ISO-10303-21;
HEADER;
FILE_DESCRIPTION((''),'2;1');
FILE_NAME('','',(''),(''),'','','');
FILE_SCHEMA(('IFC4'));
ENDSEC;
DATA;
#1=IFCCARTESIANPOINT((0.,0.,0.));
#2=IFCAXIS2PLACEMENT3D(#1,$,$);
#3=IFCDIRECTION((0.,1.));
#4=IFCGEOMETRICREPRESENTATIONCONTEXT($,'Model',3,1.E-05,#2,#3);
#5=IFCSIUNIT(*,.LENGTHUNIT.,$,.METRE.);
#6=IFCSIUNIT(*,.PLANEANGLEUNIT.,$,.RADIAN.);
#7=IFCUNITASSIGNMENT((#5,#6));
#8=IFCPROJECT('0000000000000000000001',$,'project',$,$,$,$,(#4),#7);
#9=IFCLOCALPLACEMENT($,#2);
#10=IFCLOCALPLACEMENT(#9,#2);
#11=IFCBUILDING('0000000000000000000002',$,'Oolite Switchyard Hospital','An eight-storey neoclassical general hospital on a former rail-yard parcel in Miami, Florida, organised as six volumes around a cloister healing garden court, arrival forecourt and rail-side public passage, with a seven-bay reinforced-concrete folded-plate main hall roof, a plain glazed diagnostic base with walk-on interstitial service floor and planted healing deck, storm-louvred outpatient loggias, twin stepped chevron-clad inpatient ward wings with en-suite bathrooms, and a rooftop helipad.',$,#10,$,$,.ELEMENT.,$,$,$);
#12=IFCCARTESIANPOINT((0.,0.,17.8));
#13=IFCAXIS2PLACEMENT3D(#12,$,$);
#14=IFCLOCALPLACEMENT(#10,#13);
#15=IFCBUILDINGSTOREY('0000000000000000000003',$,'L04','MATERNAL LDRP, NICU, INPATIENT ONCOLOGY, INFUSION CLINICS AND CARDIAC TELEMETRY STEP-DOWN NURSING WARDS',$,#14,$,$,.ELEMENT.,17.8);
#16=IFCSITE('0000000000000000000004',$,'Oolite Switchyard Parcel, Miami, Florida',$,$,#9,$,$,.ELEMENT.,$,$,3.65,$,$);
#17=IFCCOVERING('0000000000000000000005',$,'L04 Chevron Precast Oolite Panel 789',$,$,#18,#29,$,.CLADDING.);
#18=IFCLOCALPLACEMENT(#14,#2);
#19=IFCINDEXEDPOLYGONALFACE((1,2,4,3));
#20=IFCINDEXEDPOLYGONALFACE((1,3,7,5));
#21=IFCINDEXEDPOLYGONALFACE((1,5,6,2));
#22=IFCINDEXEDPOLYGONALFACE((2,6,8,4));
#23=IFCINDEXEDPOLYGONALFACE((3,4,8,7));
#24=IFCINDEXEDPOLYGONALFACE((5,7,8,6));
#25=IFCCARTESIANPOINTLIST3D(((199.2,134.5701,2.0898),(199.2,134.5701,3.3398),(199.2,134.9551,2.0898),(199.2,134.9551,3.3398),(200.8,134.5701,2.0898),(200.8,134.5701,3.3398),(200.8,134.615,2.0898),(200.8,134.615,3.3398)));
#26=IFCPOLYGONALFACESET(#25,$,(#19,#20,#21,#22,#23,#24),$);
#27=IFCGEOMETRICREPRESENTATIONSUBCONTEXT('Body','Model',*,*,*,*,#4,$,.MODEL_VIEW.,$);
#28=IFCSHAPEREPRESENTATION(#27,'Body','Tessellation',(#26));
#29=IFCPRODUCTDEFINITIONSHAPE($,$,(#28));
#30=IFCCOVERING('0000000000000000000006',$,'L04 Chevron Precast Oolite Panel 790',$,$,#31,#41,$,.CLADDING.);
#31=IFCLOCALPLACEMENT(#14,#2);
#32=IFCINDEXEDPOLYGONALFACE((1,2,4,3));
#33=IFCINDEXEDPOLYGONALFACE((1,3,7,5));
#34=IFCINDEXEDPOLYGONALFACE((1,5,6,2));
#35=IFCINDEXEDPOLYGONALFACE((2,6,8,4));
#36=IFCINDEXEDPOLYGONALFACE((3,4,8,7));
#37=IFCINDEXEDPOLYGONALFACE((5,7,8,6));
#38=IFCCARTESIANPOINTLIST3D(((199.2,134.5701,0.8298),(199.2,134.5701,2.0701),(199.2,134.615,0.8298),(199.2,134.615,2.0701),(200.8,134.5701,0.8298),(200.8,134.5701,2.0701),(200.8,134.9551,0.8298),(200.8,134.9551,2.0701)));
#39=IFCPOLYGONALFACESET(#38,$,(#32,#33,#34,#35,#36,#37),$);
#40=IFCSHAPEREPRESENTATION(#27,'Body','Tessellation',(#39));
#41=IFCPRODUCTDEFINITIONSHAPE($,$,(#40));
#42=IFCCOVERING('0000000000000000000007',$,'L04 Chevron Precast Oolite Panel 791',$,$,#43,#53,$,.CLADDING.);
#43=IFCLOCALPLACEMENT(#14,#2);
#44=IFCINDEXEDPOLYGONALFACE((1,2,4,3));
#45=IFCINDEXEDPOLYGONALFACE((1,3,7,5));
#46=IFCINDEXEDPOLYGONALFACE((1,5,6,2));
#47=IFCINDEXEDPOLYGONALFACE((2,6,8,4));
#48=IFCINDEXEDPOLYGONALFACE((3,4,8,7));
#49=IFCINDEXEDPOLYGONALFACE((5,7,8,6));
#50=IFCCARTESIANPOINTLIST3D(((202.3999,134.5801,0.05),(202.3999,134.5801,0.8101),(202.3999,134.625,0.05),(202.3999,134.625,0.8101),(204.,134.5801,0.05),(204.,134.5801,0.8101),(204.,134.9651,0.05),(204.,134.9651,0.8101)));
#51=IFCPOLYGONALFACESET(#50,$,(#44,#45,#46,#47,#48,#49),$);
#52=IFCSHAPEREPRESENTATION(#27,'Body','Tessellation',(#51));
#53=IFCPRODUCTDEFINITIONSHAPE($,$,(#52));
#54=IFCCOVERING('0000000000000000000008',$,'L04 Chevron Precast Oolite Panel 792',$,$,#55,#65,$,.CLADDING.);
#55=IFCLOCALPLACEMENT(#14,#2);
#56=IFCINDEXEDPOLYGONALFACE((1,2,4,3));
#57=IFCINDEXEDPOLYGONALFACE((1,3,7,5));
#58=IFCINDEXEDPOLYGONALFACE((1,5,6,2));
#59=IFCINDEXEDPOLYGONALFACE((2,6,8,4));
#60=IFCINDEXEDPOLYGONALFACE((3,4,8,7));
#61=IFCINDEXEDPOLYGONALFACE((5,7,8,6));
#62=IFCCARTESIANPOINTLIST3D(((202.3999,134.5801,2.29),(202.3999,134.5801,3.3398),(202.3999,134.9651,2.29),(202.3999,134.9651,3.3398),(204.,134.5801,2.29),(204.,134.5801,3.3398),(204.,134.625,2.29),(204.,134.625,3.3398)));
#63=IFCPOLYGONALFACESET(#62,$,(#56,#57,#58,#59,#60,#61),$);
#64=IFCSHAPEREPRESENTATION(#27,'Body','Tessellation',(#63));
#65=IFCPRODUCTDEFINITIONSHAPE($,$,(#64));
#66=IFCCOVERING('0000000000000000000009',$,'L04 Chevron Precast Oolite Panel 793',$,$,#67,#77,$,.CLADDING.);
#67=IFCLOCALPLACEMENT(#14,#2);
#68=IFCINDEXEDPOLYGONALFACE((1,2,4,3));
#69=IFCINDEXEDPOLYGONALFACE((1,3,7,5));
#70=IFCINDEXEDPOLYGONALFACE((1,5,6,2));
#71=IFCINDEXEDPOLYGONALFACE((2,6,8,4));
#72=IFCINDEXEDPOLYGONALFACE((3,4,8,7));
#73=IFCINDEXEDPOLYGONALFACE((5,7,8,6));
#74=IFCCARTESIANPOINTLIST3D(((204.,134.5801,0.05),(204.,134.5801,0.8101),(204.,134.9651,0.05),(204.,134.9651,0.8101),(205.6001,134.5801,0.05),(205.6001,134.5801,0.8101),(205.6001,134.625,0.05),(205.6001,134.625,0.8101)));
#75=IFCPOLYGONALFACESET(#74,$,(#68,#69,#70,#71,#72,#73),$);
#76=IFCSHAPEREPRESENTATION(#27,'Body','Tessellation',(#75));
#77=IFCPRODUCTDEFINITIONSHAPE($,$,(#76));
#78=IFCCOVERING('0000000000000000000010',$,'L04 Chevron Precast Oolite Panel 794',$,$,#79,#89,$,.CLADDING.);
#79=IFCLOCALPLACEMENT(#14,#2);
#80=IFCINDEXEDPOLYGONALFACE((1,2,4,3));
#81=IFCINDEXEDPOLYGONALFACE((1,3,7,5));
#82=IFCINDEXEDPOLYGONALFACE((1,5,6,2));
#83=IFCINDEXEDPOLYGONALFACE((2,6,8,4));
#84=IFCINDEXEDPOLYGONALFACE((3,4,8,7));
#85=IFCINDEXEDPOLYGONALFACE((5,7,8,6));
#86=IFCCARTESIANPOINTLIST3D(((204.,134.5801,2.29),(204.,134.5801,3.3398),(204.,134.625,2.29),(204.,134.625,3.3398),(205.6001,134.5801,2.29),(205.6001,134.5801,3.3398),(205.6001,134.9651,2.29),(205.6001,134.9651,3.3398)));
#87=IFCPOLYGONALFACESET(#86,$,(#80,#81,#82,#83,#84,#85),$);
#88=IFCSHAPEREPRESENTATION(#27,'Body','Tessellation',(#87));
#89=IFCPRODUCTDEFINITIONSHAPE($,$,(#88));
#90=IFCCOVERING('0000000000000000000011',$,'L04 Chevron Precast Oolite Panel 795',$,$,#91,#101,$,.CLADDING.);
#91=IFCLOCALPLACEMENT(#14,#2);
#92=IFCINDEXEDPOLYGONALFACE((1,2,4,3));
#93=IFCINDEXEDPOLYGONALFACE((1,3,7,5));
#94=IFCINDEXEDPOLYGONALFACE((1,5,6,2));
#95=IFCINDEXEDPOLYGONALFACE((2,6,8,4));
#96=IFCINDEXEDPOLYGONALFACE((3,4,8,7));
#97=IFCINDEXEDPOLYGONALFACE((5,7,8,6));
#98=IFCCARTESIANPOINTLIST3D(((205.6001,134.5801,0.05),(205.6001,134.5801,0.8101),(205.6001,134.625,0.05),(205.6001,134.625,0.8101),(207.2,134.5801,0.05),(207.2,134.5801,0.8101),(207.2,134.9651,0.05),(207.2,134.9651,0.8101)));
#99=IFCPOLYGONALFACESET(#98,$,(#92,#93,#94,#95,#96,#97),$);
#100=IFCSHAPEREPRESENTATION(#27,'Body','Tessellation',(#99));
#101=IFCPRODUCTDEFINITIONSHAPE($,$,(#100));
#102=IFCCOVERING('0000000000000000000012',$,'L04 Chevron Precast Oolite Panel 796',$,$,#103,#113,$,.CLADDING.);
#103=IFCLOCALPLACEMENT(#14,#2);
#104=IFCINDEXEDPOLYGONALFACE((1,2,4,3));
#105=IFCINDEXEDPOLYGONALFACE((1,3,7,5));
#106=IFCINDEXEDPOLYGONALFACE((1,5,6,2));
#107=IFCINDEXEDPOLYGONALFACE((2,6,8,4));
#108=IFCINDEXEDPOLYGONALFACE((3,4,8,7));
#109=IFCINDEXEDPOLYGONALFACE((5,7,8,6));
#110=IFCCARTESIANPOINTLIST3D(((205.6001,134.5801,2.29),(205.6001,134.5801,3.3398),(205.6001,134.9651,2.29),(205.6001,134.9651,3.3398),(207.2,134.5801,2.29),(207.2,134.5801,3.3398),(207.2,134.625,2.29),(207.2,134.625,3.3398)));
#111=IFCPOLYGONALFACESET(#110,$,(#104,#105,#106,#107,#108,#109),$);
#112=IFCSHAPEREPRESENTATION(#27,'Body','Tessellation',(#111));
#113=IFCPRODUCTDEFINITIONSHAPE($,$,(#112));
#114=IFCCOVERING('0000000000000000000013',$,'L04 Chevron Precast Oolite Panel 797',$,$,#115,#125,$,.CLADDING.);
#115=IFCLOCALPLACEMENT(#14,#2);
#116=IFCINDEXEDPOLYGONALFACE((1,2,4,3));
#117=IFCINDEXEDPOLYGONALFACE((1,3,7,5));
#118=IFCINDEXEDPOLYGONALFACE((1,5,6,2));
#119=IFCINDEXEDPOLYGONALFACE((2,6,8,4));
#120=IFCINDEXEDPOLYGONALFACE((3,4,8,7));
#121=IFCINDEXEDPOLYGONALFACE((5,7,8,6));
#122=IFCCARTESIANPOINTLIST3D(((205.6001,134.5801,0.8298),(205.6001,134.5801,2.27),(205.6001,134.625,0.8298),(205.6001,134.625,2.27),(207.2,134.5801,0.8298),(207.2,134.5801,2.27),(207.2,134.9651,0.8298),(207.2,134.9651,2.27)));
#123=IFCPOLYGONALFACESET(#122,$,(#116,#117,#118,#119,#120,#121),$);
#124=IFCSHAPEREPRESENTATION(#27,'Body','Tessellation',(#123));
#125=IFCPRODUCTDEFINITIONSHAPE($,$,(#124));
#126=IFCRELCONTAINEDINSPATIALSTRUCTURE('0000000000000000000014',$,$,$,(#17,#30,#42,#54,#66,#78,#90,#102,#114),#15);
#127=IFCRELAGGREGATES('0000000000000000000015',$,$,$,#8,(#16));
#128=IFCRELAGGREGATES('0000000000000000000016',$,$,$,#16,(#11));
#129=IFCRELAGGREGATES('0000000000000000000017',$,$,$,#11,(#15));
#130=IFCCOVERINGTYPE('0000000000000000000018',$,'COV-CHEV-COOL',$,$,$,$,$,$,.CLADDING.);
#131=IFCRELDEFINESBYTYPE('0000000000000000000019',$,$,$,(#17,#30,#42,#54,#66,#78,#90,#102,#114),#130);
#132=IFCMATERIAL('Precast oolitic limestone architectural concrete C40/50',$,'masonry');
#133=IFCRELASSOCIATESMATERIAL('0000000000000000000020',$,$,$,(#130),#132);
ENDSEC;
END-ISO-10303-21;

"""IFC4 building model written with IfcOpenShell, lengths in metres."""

from ifc_helpers import new_model, si_unit, direction, frame, origin, place, context, subcontext, project, spatial, polyline, outline, extrude, material, type_object, element, save


model = new_model("IFC4")

# Units and contexts
model_context = context("Model", 3, precision=1e-05, world=origin(), true_north=direction((0.0, 1.0)))
body_context = subcontext(model_context, "Body", "Model", "MODEL_VIEW")
ifc_project = project(units=[si_unit("LENGTHUNIT", "METRE"), si_unit("PLANEANGLEUNIT", "RADIAN")], contexts=[model_context])

# Site, building, storey
site_placement = place(None, origin())
site = spatial("IfcSite", under=ifc_project, at=site_placement, Name="Oolite Switchyard Parcel, Miami, Florida", CompositionType="ELEMENT", RefElevation=3.65)
building_placement = place(site_placement, origin())
building = spatial("IfcBuilding", under=site, at=building_placement, Name="Oolite Switchyard Hospital", Description="An eight-storey neoclassical general hospital on a former rail-yard parcel in Miami, Florida, organised as six volumes around a cloister healing garden court, arrival forecourt and rail-side public passage, with a seven-bay reinforced-concrete folded-plate main hall roof, a plain glazed diagnostic base with walk-on interstitial service floor and planted healing deck, storm-louvred outpatient loggias, twin stepped chevron-clad inpatient ward wings with en-suite bathrooms, and a rooftop helipad.", CompositionType="ELEMENT")
storey_placement = place(building_placement, frame((0.0, 0.0, 17.8)))
storey = spatial("IfcBuildingStorey", under=building, at=storey_placement, Name="L04", Description="MATERNAL LDRP, NICU, INPATIENT ONCOLOGY, INFUSION CLINICS AND CARDIAC TELEMETRY STEP-DOWN NURSING WARDS", CompositionType="ELEMENT", Elevation=17.8)

# Shared definitions
ifc_material_1 = material(Name="Precast oolitic limestone architectural concrete C40/50", Category="masonry")

# Coverings
covering_type = type_object("IfcCoveringType", Name="COV-CHEV-COOL", PredefinedType="CLADDING", material=ifc_material_1)
covering_1_placement = place(storey_placement, frame((199.2, 134.5701, 2.0898), z_axis=(0.0, 0.0, 1.0), x_axis=(1.0, 0.0, 0.0)))
element("IfcCovering", 1, at=covering_1_placement, inside=storey, type_object=covering_type, Name="L04 Chevron Precast Oolite Panel 789", PredefinedType="CLADDING", context=body_context, shape_type="SweptSolid", body=[
    extrude(outline(polyline([(0.0, 0.0), (1.6001, 0.0), (1.6001, 0.0449), (0.0, 0.385), (0.0, 0.0)])), origin(), (0.0, 0.0, 1.0), 1.25),
])
covering_2_placement = place(storey_placement, frame((199.2, 134.5701, 0.8298), z_axis=(0.0, 0.0, 1.0), x_axis=(1.0, 0.0, 0.0)))
element("IfcCovering", 2, at=covering_2_placement, inside=storey, type_object=covering_type, Name="L04 Chevron Precast Oolite Panel 790", PredefinedType="CLADDING", context=body_context, shape_type="SweptSolid", body=[
    extrude(outline(polyline([(0.0, 0.0), (1.6001, 0.0), (1.6001, 0.385), (0.0, 0.0449), (0.0, 0.0)])), origin(), (0.0, 0.0, 1.0), 1.2402),
])
covering_3_placement = place(storey_placement, frame((202.3999, 134.5801, 0.05), z_axis=(0.0, 0.0, 1.0), x_axis=(1.0, 0.0, 0.0)))
element("IfcCovering", 3, at=covering_3_placement, inside=storey, type_object=covering_type, Name="L04 Chevron Precast Oolite Panel 791", PredefinedType="CLADDING", context=body_context, shape_type="SweptSolid", body=[
    extrude(outline(polyline([(0.0, 0.0), (1.6001, 0.0), (1.6001, 0.385), (0.0, 0.0449), (0.0, 0.0)])), origin(), (0.0, 0.0, 1.0), 0.76),
])
covering_4_placement = place(storey_placement, frame((202.3999, 134.5801, 2.29), z_axis=(0.0, 0.0, 1.0), x_axis=(1.0, 0.0, 0.0)))
element("IfcCovering", 4, at=covering_4_placement, inside=storey, type_object=covering_type, Name="L04 Chevron Precast Oolite Panel 792", PredefinedType="CLADDING", context=body_context, shape_type="SweptSolid", body=[
    extrude(outline(polyline([(0.0, 0.0), (1.6001, 0.0), (1.6001, 0.0449), (0.0, 0.385), (0.0, 0.0)])), origin(), (0.0, 0.0, 1.0), 1.0498),
])
covering_5_placement = place(storey_placement, frame((204.0, 134.5801, 0.05), z_axis=(0.0, 0.0, 1.0), x_axis=(1.0, 0.0, 0.0)))
element("IfcCovering", 5, at=covering_5_placement, inside=storey, type_object=covering_type, Name="L04 Chevron Precast Oolite Panel 793", PredefinedType="CLADDING", context=body_context, shape_type="SweptSolid", body=[
    extrude(outline(polyline([(0.0, 0.0), (1.6001, 0.0), (1.6001, 0.0449), (0.0, 0.385), (0.0, 0.0)])), origin(), (0.0, 0.0, 1.0), 0.76),
])
covering_6_placement = place(storey_placement, frame((204.0, 134.5801, 2.29), z_axis=(0.0, 0.0, 1.0), x_axis=(1.0, 0.0, 0.0)))
element("IfcCovering", 6, at=covering_6_placement, inside=storey, type_object=covering_type, Name="L04 Chevron Precast Oolite Panel 794", PredefinedType="CLADDING", context=body_context, shape_type="SweptSolid", body=[
    extrude(outline(polyline([(0.0, 0.0), (1.6001, 0.0), (1.6001, 0.385), (0.0, 0.0449), (0.0, 0.0)])), origin(), (0.0, 0.0, 1.0), 1.0498),
])
covering_7_placement = place(storey_placement, frame((205.6001, 134.5801, 0.05), z_axis=(0.0, 0.0, 1.0), x_axis=(1.0, 0.0, 0.0)))
element("IfcCovering", 7, at=covering_7_placement, inside=storey, type_object=covering_type, Name="L04 Chevron Precast Oolite Panel 795", PredefinedType="CLADDING", context=body_context, shape_type="SweptSolid", body=[
    extrude(outline(polyline([(0.0, 0.0), (1.5999, 0.0), (1.5999, 0.385), (0.0, 0.0449), (0.0, 0.0)])), origin(), (0.0, 0.0, 1.0), 0.76),
])
covering_8_placement = place(storey_placement, frame((205.6001, 134.5801, 2.29), z_axis=(0.0, 0.0, 1.0), x_axis=(1.0, 0.0, 0.0)))
element("IfcCovering", 8, at=covering_8_placement, inside=storey, type_object=covering_type, Name="L04 Chevron Precast Oolite Panel 796", PredefinedType="CLADDING", context=body_context, shape_type="SweptSolid", body=[
    extrude(outline(polyline([(0.0, 0.0), (1.5999, 0.0), (1.5999, 0.0449), (0.0, 0.385), (0.0, 0.0)])), origin(), (0.0, 0.0, 1.0), 1.0498),
])
covering_9_placement = place(storey_placement, frame((205.6001, 134.5801, 0.8298), z_axis=(0.0, 0.0, 1.0), x_axis=(1.0, 0.0, 0.0)))
element("IfcCovering", 9, at=covering_9_placement, inside=storey, type_object=covering_type, Name="L04 Chevron Precast Oolite Panel 797", PredefinedType="CLADDING", context=body_context, shape_type="SweptSolid", body=[
    extrude(outline(polyline([(0.0, 0.0), (1.5999, 0.0), (1.5999, 0.385), (0.0, 0.0449), (0.0, 0.0)])), origin(), (0.0, 0.0, 1.0), 1.4402),
])

save(model, "model.ifc")
